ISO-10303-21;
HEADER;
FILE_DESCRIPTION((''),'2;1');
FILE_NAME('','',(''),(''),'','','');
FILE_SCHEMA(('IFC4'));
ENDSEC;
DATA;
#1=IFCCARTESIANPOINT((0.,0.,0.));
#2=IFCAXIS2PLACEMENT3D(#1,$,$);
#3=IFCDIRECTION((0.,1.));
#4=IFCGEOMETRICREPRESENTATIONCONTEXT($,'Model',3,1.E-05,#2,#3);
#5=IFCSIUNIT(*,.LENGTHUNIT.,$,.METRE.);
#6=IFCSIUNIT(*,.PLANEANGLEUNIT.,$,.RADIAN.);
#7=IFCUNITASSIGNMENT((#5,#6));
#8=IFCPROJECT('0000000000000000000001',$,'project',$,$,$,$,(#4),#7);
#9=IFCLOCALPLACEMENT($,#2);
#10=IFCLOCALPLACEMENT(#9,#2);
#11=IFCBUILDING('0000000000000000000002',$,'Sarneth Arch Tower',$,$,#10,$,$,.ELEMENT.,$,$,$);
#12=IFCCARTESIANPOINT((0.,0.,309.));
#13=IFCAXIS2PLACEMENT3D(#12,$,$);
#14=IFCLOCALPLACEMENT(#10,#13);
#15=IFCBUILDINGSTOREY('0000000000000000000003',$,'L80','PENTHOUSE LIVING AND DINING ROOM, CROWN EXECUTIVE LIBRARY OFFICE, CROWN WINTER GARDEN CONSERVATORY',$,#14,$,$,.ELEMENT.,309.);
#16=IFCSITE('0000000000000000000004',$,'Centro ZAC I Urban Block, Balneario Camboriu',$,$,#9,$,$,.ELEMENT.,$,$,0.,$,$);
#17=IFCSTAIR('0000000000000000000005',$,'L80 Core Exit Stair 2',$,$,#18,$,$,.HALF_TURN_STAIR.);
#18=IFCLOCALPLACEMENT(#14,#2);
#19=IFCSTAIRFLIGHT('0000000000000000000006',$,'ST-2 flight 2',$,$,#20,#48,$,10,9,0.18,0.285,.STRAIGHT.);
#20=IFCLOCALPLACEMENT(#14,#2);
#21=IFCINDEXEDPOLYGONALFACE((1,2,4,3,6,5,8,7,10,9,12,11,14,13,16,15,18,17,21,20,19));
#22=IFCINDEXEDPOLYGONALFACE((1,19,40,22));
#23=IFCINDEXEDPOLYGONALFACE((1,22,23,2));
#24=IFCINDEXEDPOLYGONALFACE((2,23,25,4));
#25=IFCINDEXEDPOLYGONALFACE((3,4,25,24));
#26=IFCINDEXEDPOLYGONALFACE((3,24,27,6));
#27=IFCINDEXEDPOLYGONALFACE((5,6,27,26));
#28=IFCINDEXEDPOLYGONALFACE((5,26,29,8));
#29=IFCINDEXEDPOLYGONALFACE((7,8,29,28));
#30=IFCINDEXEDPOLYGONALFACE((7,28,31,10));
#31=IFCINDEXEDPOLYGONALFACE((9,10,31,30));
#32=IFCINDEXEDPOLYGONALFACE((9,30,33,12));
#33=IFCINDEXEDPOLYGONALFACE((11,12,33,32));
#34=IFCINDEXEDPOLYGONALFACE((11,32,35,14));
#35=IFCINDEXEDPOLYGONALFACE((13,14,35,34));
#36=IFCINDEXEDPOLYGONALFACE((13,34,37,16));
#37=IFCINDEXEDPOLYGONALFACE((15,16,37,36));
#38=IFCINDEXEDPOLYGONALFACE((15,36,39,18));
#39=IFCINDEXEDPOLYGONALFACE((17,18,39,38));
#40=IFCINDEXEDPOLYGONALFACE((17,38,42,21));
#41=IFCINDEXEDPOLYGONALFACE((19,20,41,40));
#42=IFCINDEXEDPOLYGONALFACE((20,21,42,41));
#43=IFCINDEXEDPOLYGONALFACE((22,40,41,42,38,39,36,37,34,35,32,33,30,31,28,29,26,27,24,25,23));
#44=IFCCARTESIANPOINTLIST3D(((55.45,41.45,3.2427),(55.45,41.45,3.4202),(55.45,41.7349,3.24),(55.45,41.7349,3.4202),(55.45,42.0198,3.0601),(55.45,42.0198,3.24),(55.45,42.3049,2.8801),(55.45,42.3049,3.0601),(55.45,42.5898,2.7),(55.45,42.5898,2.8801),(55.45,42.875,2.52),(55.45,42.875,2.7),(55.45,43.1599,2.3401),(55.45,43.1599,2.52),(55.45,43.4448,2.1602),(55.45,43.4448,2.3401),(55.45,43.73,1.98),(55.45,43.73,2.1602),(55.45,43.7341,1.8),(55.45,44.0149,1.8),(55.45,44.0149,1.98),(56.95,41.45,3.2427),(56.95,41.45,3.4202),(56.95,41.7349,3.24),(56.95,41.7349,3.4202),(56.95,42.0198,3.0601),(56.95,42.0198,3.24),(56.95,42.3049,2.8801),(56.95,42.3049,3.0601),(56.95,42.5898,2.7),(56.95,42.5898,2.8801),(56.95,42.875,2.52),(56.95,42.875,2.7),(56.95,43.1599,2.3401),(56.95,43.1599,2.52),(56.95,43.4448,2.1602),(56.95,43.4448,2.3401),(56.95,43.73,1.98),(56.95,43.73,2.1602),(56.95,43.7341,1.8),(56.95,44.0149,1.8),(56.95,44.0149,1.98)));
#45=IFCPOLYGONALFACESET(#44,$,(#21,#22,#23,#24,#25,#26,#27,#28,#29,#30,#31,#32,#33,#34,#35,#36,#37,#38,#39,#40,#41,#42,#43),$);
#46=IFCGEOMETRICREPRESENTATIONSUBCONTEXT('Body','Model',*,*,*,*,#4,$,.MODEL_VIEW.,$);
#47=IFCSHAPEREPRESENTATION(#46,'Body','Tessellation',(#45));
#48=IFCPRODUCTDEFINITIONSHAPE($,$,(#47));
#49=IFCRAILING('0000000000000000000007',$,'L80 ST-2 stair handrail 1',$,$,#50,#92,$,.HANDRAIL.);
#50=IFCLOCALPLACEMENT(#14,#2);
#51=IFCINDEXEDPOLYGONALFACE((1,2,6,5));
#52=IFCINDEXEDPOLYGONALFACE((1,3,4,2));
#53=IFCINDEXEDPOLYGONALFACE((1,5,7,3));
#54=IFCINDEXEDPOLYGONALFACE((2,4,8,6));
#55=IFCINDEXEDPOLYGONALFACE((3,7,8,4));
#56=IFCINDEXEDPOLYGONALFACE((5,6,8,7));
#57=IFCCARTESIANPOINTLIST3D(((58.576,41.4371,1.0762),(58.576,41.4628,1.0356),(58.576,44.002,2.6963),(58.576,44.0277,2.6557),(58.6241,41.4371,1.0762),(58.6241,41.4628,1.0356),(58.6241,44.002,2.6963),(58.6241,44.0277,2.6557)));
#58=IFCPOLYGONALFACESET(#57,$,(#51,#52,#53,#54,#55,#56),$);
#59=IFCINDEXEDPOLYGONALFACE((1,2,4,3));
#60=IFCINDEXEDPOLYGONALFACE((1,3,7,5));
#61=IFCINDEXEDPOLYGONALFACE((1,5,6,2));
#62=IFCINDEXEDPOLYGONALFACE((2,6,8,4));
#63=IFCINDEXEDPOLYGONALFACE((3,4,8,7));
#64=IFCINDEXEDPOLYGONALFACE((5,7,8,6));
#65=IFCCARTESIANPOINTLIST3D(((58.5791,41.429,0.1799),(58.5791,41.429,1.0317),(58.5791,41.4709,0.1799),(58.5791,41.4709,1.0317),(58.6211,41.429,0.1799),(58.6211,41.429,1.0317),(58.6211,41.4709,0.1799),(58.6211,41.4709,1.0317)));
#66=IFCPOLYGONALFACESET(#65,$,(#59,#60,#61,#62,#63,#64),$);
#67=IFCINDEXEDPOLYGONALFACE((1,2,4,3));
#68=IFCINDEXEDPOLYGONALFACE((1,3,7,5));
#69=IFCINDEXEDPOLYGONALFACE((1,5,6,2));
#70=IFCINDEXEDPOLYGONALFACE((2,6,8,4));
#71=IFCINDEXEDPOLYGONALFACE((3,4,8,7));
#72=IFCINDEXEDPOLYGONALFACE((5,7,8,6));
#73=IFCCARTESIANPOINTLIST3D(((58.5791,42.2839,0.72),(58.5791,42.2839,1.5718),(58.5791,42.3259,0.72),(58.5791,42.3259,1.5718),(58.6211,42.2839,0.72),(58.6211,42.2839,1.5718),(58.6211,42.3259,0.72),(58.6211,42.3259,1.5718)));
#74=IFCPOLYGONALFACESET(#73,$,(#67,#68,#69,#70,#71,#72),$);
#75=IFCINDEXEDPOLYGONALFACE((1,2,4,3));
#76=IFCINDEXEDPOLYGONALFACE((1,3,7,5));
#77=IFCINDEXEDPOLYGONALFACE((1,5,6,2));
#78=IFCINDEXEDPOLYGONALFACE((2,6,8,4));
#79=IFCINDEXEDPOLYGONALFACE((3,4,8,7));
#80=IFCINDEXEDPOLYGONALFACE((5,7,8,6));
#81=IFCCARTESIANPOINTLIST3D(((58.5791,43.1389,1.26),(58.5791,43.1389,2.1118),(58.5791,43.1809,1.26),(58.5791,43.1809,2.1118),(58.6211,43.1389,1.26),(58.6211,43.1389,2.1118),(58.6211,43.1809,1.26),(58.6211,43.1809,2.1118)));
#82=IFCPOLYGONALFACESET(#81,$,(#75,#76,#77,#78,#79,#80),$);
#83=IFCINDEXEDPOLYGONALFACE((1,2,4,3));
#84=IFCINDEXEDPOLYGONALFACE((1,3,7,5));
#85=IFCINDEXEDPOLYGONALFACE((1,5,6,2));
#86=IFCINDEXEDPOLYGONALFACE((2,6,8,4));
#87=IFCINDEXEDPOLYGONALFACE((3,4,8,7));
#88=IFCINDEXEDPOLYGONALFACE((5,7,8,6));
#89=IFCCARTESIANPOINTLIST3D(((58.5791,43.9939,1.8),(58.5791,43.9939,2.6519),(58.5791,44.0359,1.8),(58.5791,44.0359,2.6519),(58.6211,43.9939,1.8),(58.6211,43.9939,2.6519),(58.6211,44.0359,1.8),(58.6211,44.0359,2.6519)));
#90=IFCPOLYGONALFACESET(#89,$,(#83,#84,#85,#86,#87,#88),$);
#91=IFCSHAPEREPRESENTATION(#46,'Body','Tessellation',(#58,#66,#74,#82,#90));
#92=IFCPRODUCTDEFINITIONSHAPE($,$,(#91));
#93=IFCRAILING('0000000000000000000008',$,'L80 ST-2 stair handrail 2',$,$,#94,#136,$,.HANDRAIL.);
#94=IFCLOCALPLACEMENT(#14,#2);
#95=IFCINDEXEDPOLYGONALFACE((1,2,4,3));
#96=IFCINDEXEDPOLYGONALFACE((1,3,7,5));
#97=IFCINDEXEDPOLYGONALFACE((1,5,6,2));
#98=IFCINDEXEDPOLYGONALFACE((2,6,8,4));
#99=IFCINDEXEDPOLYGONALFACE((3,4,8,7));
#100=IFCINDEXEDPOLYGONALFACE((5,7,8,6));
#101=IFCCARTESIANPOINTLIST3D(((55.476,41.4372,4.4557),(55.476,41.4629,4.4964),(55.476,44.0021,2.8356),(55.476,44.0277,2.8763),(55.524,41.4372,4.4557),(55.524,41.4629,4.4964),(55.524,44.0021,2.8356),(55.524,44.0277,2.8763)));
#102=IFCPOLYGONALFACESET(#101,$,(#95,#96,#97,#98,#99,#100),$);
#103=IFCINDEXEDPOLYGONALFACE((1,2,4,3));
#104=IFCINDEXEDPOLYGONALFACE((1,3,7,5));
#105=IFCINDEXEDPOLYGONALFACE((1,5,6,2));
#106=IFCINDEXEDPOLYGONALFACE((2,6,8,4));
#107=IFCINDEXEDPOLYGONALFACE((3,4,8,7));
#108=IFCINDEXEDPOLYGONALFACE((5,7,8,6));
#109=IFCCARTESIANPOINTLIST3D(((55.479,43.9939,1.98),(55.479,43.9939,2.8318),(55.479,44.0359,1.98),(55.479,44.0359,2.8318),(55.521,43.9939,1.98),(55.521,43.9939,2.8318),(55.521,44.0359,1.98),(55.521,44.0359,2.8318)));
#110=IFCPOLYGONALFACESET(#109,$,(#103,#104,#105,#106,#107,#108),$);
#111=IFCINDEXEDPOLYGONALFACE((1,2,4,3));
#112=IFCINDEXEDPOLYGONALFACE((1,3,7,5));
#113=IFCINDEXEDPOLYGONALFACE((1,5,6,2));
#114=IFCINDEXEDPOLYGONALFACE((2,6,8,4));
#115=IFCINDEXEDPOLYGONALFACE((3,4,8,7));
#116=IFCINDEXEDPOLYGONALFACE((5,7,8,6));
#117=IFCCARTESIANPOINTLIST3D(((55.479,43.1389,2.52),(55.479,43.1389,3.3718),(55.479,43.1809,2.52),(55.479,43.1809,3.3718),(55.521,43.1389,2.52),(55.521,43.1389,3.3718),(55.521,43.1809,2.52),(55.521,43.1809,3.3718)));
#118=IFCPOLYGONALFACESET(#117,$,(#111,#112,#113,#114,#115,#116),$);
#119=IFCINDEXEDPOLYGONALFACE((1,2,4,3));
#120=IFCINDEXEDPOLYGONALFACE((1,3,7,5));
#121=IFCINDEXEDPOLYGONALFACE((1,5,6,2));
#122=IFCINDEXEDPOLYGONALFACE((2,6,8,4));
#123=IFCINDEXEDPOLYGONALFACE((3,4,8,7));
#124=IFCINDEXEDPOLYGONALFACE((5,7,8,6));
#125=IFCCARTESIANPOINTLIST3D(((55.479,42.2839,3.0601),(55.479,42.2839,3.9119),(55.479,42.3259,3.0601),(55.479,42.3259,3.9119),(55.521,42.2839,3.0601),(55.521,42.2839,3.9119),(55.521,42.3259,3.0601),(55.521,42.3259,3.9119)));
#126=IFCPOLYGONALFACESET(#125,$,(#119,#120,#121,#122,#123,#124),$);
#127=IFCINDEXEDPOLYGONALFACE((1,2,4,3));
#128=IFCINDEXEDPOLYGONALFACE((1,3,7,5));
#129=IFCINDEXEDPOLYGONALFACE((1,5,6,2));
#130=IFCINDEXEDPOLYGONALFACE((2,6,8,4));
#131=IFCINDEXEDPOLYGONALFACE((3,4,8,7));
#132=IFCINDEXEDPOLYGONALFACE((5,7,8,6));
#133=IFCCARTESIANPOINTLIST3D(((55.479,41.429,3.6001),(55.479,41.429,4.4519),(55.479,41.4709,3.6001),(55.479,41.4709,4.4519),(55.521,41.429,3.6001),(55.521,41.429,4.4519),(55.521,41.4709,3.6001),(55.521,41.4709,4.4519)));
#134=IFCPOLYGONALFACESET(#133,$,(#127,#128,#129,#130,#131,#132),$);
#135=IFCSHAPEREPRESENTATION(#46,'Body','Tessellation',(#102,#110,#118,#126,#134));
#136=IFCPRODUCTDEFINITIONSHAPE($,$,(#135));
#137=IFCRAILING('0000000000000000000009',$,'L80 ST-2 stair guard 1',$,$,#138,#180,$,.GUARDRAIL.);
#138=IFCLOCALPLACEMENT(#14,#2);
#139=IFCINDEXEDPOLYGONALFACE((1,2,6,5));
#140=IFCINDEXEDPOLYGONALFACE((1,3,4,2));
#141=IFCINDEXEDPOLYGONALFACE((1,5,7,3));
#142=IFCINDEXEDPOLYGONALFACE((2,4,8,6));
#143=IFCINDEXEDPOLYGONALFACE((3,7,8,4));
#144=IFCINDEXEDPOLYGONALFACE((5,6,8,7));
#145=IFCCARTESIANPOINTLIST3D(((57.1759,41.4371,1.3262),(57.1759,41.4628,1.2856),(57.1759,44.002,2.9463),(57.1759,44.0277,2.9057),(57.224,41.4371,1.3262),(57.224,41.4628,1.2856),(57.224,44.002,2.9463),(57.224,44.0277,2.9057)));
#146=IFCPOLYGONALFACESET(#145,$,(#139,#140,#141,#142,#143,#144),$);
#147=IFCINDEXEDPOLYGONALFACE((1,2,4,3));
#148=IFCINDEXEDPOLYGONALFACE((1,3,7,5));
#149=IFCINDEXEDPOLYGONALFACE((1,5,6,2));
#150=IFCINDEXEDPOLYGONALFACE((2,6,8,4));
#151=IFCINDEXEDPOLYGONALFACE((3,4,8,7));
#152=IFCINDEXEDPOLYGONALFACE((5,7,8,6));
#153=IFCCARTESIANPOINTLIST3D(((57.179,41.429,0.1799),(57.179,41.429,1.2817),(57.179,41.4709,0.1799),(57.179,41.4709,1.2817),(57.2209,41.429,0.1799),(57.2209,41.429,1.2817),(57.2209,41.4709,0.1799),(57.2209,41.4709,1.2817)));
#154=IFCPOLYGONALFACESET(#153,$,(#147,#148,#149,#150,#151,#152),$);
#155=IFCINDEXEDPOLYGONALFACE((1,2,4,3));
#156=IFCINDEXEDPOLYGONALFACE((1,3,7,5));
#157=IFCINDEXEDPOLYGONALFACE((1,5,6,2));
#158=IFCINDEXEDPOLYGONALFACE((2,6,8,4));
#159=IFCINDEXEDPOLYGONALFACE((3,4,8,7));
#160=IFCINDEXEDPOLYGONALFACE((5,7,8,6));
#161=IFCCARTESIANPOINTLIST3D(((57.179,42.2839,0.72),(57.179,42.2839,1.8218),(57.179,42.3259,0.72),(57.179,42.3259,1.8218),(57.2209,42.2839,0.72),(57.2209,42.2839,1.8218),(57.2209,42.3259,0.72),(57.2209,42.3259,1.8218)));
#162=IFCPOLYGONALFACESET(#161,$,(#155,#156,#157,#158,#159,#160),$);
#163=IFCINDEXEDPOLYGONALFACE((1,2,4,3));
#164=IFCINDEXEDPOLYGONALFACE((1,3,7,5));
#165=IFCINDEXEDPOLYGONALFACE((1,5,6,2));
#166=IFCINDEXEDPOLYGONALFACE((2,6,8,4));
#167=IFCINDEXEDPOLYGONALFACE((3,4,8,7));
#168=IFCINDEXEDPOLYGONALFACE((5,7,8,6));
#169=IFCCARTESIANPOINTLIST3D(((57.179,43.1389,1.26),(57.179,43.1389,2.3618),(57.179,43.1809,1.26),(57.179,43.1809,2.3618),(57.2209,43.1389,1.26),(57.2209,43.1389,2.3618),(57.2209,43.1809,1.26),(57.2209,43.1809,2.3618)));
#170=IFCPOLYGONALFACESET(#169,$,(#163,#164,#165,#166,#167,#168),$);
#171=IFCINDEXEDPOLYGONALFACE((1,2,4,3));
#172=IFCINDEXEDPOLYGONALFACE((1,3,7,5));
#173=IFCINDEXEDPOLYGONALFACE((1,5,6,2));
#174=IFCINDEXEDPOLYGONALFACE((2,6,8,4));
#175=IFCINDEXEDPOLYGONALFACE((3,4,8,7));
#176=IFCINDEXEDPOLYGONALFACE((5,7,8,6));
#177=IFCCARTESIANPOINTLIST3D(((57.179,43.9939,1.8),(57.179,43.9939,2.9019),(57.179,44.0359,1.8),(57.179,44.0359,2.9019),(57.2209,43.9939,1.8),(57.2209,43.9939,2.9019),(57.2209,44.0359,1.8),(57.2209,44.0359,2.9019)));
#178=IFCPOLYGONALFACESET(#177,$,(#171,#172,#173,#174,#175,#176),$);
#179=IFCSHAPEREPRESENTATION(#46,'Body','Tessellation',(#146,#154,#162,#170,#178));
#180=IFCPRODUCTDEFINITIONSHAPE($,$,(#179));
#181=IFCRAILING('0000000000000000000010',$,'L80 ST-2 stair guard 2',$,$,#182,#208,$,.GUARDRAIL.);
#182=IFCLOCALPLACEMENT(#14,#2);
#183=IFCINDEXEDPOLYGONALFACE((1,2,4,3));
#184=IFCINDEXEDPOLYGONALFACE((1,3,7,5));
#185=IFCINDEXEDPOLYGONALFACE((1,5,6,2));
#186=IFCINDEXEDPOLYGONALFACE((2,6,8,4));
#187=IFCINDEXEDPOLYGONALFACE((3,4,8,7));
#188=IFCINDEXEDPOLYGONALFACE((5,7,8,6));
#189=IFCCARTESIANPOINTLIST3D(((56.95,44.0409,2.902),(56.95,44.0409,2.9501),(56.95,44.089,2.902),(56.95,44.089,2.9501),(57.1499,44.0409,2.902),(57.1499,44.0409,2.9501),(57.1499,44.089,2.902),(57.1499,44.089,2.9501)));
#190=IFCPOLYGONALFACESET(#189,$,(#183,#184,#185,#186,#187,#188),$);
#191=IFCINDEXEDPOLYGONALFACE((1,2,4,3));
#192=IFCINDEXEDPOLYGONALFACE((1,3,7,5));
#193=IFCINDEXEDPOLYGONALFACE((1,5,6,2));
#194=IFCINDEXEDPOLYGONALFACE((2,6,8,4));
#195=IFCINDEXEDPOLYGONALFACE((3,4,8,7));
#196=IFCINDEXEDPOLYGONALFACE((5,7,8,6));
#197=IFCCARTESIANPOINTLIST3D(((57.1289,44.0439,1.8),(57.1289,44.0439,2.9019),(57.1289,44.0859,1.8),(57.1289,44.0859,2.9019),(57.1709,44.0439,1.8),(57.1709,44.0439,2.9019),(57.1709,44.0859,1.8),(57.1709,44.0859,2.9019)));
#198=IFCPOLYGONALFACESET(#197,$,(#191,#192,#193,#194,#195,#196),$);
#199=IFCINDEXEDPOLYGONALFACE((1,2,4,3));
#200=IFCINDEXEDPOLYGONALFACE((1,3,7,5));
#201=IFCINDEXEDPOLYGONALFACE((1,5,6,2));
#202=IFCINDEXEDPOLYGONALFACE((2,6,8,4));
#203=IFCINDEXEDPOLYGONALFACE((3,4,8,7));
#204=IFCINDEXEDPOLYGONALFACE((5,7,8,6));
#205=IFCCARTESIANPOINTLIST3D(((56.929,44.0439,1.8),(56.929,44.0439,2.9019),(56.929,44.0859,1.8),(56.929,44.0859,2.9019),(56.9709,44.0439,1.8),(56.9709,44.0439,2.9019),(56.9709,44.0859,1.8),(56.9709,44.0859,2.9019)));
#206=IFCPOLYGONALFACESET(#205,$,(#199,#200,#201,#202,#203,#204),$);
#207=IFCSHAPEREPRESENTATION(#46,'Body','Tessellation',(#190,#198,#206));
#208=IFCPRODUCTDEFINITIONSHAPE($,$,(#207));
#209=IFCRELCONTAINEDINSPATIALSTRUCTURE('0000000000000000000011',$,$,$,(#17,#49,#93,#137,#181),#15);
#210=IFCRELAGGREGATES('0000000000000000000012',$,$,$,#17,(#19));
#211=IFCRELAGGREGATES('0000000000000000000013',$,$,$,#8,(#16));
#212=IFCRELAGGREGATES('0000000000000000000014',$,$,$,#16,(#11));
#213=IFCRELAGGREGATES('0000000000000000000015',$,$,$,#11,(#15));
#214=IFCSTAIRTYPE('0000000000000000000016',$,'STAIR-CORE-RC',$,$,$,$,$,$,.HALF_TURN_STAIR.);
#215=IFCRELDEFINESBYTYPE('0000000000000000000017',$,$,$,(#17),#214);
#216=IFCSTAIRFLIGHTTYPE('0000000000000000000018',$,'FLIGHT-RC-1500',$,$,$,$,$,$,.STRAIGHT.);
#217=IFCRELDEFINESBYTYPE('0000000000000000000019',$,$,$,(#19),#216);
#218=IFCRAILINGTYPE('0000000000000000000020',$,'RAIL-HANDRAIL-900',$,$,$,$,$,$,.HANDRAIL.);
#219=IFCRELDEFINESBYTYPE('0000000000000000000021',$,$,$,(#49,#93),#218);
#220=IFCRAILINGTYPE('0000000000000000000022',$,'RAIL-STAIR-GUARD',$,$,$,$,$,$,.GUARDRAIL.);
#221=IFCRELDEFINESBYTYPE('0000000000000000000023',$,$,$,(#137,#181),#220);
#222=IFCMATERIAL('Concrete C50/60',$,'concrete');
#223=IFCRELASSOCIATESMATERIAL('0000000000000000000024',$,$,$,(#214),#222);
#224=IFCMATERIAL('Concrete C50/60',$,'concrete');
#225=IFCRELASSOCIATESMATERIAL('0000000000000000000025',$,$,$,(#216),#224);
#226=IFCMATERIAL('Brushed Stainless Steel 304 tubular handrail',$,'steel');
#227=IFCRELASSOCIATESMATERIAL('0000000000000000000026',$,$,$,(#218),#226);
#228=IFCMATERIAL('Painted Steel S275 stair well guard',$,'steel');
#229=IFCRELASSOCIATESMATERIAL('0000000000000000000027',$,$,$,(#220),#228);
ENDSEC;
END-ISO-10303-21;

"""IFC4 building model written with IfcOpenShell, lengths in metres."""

from ifc_helpers import new_model, si_unit, direction, frame, origin, origin_2d, place, context, subcontext, project, spatial, polyline, rectangle, outline, extrude, material, type_object, element, aggregate, save


model = new_model("IFC4")

# Units and contexts
model_context = context("Model", 3, precision=1e-05, world=origin(), true_north=direction((0.0, 1.0)))
body_context = subcontext(model_context, "Body", "Model", "MODEL_VIEW")
ifc_project = project(units=[si_unit("LENGTHUNIT", "METRE"), si_unit("PLANEANGLEUNIT", "RADIAN")], contexts=[model_context])

# Site, building, storey
site_placement = place(None, origin())
site = spatial("IfcSite", under=ifc_project, at=site_placement, Name="Centro ZAC I Urban Block, Balneario Camboriu", CompositionType="ELEMENT", RefElevation=0.0)
building_placement = place(site_placement, origin())
building = spatial("IfcBuilding", under=site, at=building_placement, Name="Sarneth Arch Tower", CompositionType="ELEMENT")
storey_placement = place(building_placement, frame((0.0, 0.0, 309.0)))
storey = spatial("IfcBuildingStorey", under=building, at=storey_placement, Name="L80", Description="PENTHOUSE LIVING AND DINING ROOM, CROWN EXECUTIVE LIBRARY OFFICE, CROWN WINTER GARDEN CONSERVATORY", CompositionType="ELEMENT", Elevation=309.0)

# Stair, stair flight
ifc_material_1 = material(Name="Concrete C50/60", Category="concrete")
stair_type = type_object("IfcStairType", Name="STAIR-CORE-RC", PredefinedType="HALF_TURN_STAIR", material=ifc_material_1)
stair_placement = place(storey_placement, origin())
stair = element("IfcStair", 1, at=stair_placement, inside=storey, type_object=stair_type, Name="L80 Core Exit Stair 2", PredefinedType="HALF_TURN_STAIR")
ifc_material_2 = material(Name="Concrete C50/60", Category="concrete")
stair_flight_type = type_object("IfcStairFlightType", Name="FLIGHT-RC-1500", PredefinedType="STRAIGHT", material=ifc_material_2)
stair_flight_1_placement = place(storey_placement, frame((56.2, 44.0149, 1.8), z_axis=(0.0, 0.0, 1.0), x_axis=(0.0, -1.0, 0.0)))
stair_flight_1 = element("IfcStairFlight", 2, at=stair_flight_1_placement, type_object=stair_flight_type, Name="ST-2 flight 2", NumberOfRisers=10, NumberOfTreads=9, PredefinedType="STRAIGHT", RiserHeight=0.18, TreadLength=0.285, context=body_context, shape_type="SweptSolid", body=[
    extrude(outline(polyline([(0.0, 0.0), (0.0, 0.1799), (0.2849, 0.1799), (0.2849, 0.3601), (0.5701, 0.3601), (0.5701, 0.54), (0.855, 0.54), (0.855, 0.72), (1.1399, 0.72), (1.1399, 0.8999), (1.425, 0.8999), (1.425, 1.0801), (1.71, 1.0801), (1.71, 1.26), (1.9951, 1.26), (1.9951, 1.4399), (2.28, 1.4399), (2.28, 1.6201), (2.5649, 1.6201), (2.5649, 1.8), (2.5649, 1.4426), (0.2808, 0.0), (0.0, 0.0)])), frame((0.0, 0.75, 0.0), z_axis=(0.0, -1.0, 0.0), x_axis=(1.0, 0.0, 0.0)), (0.0, 0.0, 1.0), 1.5),
])
aggregate(stair, [stair_flight_1])

# Railings
ifc_material_3 = material(Name="Brushed Stainless Steel 304 tubular handrail", Category="steel")
railing_type_1 = type_object("IfcRailingType", Name="RAIL-HANDRAIL-900", PredefinedType="HANDRAIL", material=ifc_material_3)
railing_1_placement = place(storey_placement, frame((58.6001, 41.45, 0.1799)))
element("IfcRailing", 3, at=railing_1_placement, inside=storey, type_object=railing_type_1, Name="L80 ST-2 stair handrail 1", PredefinedType="HANDRAIL", context=body_context, shape_type="SweptSolid", body=[
    extrude(rectangle(XDim=0.0481, YDim=0.0481, at=origin_2d()), frame((0.0, 0.0, 0.876), z_axis=(0.0, 0.845466, 0.534029), x_axis=(-1.0, 0.0, 0.0)), (0.0, 0.0, 1.0), 3.0337),
    extrude(rectangle(XDim=0.042, YDim=0.042, at=origin_2d()), origin(), (0.0, 0.0, 1.0), 0.8518),
    extrude(rectangle(XDim=0.042, YDim=0.042, at=origin_2d()), frame((0.0, 0.855, 0.54)), (0.0, 0.0, 1.0), 0.8518),
    extrude(rectangle(XDim=0.042, YDim=0.042, at=origin_2d()), frame((0.0, 1.71, 1.0801)), (0.0, 0.0, 1.0), 0.8518),
    extrude(rectangle(XDim=0.042, YDim=0.042, at=origin_2d()), frame((0.0, 2.5649, 1.6201)), (0.0, 0.0, 1.0), 0.8518),
])
railing_2_placement = place(storey_placement, frame((55.5, 44.0149, 1.98)))
element("IfcRailing", 4, at=railing_2_placement, inside=storey, type_object=railing_type_1, Name="L80 ST-2 stair handrail 2", PredefinedType="HANDRAIL", context=body_context, shape_type="SweptSolid", body=[
    extrude(rectangle(XDim=0.0481, YDim=0.0481, at=origin_2d()), frame((0.0, 0.0, 0.876), z_axis=(0.0, -0.845466, 0.534029), x_axis=(1.0, 0.0, 0.0)), (0.0, 0.0, 1.0), 3.0337),
    extrude(rectangle(XDim=0.042, YDim=0.042, at=origin_2d()), origin(), (0.0, 0.0, 1.0), 0.8518),
    extrude(rectangle(XDim=0.042, YDim=0.042, at=origin_2d()), frame((0.0, -0.855, 0.54)), (0.0, 0.0, 1.0), 0.8518),
    extrude(rectangle(XDim=0.042, YDim=0.042, at=origin_2d()), frame((0.0, -1.71, 1.0801)), (0.0, 0.0, 1.0), 0.8518),
    extrude(rectangle(XDim=0.042, YDim=0.042, at=origin_2d()), frame((0.0, -2.5649, 1.6201)), (0.0, 0.0, 1.0), 0.8518),
])
ifc_material_4 = material(Name="Painted Steel S275 stair well guard", Category="steel")
railing_type_2 = type_object("IfcRailingType", Name="RAIL-STAIR-GUARD", PredefinedType="GUARDRAIL", material=ifc_material_4)
railing_3_placement = place(storey_placement, frame((57.2, 41.45, 0.1799)))
element("IfcRailing", 5, at=railing_3_placement, inside=storey, type_object=railing_type_2, Name="L80 ST-2 stair guard 1", PredefinedType="GUARDRAIL", context=body_context, shape_type="SweptSolid", body=[
    extrude(rectangle(XDim=0.0481, YDim=0.0481, at=origin_2d()), frame((0.0, 0.0, 1.126), z_axis=(0.0, 0.845466, 0.534029), x_axis=(-1.0, 0.0, 0.0)), (0.0, 0.0, 1.0), 3.0337),
    extrude(rectangle(XDim=0.042, YDim=0.042, at=origin_2d()), origin(), (0.0, 0.0, 1.0), 1.1018),
    extrude(rectangle(XDim=0.042, YDim=0.042, at=origin_2d()), frame((0.0, 0.855, 0.54)), (0.0, 0.0, 1.0), 1.1018),
    extrude(rectangle(XDim=0.042, YDim=0.042, at=origin_2d()), frame((0.0, 1.71, 1.0801)), (0.0, 0.0, 1.0), 1.1018),
    extrude(rectangle(XDim=0.042, YDim=0.042, at=origin_2d()), frame((0.0, 2.5649, 1.6201)), (0.0, 0.0, 1.0), 1.1018),
])
railing_4_placement = place(storey_placement, frame((57.1499, 44.0649, 1.8)))
element("IfcRailing", 6, at=railing_4_placement, inside=storey, type_object=railing_type_2, Name="L80 ST-2 stair guard 2", PredefinedType="GUARDRAIL", context=body_context, shape_type="SweptSolid", body=[
    extrude(rectangle(XDim=0.0481, YDim=0.0481, at=origin_2d()), frame((0.0, 0.0, 1.126), z_axis=(-1.0, 0.0, 0.0), x_axis=(0.0, -1.0, 0.0)), (0.0, 0.0, 1.0), 0.2),
    extrude(rectangle(XDim=0.042, YDim=0.042, at=origin_2d()), origin(), (0.0, 0.0, 1.0), 1.1018),
    extrude(rectangle(XDim=0.042, YDim=0.042, at=origin_2d()), frame((-0.2, 0.0, 0.0)), (0.0, 0.0, 1.0), 1.1018),
])

save(model, "model.ifc")
